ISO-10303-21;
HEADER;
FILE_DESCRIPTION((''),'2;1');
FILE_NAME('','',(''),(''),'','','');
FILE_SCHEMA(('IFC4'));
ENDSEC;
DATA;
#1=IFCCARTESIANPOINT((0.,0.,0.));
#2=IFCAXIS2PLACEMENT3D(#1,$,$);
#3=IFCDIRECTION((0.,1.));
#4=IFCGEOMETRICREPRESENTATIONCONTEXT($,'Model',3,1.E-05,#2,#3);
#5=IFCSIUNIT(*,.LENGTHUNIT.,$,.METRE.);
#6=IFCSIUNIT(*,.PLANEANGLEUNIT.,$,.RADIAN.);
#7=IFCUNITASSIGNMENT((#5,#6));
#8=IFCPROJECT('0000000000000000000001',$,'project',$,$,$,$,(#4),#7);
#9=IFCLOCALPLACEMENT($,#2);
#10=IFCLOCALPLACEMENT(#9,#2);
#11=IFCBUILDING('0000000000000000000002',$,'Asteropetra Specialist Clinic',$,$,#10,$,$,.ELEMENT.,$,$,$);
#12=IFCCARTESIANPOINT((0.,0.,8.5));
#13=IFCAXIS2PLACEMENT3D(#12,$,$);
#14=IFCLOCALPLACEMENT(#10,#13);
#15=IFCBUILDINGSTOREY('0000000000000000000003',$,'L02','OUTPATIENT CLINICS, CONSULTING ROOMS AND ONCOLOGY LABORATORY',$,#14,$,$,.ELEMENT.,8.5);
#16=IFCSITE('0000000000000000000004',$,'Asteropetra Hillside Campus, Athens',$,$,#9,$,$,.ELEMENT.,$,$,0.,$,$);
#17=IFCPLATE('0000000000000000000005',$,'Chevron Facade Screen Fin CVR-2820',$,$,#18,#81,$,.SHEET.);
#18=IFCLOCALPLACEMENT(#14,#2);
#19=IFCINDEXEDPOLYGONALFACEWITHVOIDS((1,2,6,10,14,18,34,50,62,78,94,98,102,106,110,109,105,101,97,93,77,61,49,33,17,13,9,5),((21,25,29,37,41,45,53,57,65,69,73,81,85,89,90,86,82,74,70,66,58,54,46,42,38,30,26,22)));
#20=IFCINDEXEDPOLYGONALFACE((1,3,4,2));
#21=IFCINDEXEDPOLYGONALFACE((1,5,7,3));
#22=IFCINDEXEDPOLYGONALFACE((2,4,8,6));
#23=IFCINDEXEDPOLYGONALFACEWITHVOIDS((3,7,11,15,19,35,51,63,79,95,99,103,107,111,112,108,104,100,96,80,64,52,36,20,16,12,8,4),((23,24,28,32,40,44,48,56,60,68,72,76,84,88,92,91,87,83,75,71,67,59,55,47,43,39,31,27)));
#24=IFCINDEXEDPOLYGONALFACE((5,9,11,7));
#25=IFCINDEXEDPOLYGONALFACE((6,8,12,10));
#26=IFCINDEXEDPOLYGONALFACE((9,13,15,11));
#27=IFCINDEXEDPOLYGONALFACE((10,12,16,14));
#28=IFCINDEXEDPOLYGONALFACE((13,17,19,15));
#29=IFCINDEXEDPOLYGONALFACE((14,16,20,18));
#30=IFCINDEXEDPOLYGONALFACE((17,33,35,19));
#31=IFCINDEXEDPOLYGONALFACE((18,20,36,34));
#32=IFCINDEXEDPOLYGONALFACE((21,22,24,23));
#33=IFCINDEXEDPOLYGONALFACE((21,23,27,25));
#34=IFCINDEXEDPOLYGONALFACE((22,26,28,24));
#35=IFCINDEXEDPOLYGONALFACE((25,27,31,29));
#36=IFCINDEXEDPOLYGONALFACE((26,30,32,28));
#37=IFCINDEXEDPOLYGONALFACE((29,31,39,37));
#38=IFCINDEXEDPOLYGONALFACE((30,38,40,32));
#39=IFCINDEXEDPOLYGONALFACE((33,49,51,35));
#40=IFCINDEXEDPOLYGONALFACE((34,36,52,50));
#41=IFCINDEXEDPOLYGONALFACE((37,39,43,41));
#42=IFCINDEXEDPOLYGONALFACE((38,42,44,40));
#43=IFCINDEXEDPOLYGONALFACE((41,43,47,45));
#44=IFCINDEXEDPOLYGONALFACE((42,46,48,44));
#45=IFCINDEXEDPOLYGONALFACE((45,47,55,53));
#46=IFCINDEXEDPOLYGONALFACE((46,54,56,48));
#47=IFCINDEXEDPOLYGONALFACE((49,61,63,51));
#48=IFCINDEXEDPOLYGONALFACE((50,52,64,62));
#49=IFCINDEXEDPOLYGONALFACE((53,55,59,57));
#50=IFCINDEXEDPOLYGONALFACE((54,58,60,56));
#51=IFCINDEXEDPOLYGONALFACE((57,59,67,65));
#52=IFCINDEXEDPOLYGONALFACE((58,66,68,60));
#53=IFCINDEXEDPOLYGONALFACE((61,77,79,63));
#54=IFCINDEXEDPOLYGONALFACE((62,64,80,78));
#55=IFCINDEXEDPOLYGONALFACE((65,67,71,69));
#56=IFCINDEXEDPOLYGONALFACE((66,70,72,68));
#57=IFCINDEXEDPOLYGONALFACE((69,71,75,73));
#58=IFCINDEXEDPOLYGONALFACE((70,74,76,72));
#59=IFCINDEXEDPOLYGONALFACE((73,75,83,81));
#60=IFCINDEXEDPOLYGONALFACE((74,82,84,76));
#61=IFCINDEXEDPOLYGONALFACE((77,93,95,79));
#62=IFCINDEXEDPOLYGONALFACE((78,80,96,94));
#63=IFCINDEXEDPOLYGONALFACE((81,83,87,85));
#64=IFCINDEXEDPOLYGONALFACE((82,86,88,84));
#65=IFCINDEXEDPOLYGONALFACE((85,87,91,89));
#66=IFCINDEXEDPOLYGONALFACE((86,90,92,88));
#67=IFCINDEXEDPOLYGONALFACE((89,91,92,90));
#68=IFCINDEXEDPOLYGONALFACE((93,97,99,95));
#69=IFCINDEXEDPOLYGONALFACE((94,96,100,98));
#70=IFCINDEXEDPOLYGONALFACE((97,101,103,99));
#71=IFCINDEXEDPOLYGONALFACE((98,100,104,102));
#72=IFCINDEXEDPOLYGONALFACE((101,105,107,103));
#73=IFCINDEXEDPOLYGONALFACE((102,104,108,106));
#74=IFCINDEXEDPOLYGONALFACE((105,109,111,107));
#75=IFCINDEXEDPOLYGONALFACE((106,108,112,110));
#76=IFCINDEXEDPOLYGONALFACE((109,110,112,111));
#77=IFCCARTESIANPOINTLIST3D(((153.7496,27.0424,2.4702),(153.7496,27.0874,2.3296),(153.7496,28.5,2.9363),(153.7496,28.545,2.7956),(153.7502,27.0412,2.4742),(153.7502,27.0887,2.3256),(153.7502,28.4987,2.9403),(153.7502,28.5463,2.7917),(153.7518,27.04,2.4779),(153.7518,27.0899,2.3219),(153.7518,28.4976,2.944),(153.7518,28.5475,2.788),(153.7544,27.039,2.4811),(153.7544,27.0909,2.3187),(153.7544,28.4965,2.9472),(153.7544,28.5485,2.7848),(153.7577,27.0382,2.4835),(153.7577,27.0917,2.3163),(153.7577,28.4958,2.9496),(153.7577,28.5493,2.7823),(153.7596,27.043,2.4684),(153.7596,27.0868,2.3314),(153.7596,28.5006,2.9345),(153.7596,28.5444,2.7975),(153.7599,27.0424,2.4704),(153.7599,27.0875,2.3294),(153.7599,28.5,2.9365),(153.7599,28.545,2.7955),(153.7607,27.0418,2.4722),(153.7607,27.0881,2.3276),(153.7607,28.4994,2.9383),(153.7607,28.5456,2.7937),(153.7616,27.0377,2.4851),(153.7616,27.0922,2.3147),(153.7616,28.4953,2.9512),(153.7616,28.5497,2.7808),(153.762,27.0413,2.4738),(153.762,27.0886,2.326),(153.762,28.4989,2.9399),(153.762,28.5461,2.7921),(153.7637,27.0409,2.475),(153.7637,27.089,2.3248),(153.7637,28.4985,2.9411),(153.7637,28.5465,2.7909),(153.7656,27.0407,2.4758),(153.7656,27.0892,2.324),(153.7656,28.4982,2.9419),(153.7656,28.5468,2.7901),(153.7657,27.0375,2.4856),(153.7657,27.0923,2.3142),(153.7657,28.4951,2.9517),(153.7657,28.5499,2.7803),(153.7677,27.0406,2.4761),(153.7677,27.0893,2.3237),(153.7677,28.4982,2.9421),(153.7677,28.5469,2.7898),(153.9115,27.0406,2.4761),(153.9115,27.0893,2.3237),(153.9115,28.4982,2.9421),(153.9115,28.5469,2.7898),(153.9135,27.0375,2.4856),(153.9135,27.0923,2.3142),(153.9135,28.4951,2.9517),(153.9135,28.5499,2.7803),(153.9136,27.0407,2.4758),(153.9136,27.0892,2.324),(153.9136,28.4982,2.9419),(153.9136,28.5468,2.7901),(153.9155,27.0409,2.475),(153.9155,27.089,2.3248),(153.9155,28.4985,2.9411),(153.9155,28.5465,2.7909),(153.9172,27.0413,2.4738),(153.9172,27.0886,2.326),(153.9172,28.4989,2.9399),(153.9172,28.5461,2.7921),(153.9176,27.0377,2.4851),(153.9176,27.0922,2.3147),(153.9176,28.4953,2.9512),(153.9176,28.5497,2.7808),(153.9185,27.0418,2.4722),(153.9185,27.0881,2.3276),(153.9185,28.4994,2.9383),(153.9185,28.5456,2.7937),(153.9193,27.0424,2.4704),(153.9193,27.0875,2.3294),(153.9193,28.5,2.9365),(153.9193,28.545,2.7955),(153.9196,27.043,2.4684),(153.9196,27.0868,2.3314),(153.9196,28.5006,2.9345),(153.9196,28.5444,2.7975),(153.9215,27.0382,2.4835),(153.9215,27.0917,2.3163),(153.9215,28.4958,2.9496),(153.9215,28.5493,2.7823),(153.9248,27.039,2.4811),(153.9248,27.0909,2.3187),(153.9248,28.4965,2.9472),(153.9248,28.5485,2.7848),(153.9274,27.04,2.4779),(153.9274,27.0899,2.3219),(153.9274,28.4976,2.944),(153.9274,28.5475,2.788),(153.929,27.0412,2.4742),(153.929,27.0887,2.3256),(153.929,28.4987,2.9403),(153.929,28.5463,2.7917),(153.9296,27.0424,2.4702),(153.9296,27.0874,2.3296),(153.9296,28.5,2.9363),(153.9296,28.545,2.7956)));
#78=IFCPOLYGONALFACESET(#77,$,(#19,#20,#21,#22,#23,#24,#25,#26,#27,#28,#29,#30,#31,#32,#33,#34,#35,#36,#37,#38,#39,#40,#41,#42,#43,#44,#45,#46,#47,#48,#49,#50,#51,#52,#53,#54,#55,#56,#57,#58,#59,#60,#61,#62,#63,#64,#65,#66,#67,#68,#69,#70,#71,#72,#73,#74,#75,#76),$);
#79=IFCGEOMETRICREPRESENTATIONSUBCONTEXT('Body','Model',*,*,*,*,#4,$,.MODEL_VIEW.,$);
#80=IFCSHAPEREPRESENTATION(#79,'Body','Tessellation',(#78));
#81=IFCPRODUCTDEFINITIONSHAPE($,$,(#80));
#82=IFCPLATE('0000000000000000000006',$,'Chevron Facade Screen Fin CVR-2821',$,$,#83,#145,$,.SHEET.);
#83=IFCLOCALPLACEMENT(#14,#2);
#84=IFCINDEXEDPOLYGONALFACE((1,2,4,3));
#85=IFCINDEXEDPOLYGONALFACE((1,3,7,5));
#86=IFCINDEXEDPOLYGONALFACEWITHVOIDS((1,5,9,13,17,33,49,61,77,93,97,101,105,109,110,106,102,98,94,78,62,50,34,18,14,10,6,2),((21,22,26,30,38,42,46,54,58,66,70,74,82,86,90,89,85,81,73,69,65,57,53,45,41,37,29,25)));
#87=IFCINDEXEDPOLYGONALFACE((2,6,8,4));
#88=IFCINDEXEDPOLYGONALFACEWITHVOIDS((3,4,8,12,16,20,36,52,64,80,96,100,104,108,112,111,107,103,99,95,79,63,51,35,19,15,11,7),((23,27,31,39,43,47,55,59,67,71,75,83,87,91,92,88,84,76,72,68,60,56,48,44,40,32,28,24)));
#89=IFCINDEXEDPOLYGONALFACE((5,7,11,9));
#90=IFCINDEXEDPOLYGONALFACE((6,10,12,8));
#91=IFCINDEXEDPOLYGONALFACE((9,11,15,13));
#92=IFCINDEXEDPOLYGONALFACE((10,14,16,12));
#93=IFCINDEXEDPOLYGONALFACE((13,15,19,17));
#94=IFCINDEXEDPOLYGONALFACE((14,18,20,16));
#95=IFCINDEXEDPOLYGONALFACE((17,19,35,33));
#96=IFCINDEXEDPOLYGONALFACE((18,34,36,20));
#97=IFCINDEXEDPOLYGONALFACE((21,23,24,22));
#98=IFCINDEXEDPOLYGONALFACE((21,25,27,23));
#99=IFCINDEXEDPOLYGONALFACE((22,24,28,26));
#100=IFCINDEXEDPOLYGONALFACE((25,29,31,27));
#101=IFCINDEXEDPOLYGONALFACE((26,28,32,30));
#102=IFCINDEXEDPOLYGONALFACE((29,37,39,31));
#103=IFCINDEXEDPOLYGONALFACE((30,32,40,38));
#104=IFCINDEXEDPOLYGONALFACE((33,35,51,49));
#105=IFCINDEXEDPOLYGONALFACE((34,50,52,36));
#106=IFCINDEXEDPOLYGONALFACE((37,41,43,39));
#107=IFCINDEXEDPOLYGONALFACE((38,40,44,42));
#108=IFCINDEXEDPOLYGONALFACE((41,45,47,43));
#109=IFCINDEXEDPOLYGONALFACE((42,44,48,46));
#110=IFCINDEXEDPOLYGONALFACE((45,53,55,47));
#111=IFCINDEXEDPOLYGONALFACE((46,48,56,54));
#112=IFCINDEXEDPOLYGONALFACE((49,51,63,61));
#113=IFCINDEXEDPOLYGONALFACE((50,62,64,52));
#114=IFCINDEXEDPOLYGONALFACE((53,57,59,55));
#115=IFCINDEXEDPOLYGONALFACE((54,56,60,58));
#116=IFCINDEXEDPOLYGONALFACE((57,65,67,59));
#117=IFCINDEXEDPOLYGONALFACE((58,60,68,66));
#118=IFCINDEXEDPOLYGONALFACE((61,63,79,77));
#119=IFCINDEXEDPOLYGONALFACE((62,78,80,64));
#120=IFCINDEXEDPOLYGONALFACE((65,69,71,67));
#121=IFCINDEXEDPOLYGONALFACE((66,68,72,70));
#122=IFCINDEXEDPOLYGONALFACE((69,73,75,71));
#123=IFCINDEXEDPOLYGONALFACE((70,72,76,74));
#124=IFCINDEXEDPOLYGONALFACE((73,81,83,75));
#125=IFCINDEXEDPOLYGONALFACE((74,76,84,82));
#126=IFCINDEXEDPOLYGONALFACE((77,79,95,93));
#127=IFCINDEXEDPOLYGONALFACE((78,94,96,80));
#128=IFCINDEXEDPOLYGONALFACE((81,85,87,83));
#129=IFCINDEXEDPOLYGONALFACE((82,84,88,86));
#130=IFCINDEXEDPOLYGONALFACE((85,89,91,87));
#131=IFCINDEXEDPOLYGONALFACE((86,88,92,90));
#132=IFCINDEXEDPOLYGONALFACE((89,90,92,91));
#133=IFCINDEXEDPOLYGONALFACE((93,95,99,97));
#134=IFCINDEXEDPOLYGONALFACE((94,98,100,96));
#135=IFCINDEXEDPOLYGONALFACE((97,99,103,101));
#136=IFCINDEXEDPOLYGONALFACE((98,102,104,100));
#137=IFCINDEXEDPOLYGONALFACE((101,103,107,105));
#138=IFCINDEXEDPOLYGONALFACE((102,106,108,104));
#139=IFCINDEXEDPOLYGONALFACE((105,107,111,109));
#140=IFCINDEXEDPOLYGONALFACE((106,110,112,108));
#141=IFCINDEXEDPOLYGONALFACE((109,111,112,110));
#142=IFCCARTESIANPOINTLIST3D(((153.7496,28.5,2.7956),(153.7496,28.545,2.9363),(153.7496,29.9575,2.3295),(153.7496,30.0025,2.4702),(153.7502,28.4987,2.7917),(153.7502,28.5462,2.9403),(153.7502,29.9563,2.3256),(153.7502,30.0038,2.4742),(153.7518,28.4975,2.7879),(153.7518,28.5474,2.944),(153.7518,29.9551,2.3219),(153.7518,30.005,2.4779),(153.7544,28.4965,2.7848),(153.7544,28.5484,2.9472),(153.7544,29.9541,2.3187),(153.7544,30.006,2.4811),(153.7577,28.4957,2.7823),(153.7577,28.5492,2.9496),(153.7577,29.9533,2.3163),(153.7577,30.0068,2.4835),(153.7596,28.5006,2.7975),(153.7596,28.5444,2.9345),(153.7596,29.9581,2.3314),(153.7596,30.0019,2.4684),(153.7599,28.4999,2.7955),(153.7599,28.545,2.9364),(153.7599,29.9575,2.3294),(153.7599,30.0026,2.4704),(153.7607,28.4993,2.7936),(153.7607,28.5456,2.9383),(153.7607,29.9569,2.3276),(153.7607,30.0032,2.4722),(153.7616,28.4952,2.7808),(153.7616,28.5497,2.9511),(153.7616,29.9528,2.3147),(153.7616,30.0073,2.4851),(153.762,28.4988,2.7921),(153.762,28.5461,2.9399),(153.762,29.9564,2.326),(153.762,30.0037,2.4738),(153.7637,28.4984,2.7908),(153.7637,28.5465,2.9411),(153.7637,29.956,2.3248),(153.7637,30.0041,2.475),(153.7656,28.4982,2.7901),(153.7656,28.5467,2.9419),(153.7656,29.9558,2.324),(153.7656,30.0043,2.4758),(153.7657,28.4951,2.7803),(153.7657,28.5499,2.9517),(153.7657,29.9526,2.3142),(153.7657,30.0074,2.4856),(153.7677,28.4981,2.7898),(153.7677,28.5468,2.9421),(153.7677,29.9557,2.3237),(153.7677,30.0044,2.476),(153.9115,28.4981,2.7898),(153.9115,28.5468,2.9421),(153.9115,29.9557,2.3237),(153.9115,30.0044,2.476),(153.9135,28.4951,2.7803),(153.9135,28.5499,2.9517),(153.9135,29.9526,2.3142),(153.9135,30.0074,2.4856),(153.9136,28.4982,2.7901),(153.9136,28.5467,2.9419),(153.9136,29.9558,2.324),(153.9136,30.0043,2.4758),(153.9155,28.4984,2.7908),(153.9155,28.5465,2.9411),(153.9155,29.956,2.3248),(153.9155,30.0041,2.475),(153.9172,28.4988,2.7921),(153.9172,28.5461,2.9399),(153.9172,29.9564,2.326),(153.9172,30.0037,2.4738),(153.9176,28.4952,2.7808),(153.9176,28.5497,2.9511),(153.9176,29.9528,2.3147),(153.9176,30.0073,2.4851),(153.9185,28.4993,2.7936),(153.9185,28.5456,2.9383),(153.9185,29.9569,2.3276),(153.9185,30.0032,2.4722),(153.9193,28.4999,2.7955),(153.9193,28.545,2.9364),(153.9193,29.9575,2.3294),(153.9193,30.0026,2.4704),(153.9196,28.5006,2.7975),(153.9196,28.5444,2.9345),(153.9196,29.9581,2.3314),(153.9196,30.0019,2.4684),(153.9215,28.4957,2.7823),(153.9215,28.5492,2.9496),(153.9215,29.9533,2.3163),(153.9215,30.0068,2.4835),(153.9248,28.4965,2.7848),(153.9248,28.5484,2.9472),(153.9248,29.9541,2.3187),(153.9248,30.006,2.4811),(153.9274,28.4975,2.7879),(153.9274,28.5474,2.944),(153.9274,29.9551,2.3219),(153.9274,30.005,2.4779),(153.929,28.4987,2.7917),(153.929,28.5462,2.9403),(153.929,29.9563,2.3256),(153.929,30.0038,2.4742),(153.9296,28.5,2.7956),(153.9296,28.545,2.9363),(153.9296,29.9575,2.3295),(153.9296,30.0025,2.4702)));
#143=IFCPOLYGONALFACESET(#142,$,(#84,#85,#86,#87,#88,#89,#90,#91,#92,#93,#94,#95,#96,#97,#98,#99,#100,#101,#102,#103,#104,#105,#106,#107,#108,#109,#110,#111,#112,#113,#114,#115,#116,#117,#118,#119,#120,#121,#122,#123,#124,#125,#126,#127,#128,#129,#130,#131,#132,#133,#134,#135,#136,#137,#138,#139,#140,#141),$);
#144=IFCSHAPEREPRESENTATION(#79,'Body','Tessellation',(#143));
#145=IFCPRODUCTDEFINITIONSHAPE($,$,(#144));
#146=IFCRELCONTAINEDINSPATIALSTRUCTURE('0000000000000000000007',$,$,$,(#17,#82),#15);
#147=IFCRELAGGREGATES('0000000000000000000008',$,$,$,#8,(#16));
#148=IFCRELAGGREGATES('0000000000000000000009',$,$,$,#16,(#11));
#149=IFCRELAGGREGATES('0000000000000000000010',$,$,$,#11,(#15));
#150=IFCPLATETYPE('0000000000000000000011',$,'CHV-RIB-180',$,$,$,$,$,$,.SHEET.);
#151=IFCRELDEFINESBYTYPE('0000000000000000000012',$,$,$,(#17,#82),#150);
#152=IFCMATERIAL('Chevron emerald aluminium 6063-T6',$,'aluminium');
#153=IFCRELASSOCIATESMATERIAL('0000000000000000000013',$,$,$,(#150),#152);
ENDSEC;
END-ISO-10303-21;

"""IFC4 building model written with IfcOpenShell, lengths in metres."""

from ifc_helpers import new_model, si_unit, direction, frame, origin, origin_2d, place, context, subcontext, project, spatial, hollow_rectangle, extrude, material, material_profile, profile_set, type_object, element, save


model = new_model("IFC4")

# Units and contexts
model_context = context("Model", 3, precision=1e-05, world=origin(), true_north=direction((0.0, 1.0)))
body_context = subcontext(model_context, "Body", "Model", "MODEL_VIEW")
ifc_project = project(units=[si_unit("LENGTHUNIT", "METRE"), si_unit("PLANEANGLEUNIT", "RADIAN")], contexts=[model_context])

# Site, building, storey
site_placement = place(None, origin())
site = spatial("IfcSite", under=ifc_project, at=site_placement, Name="Asteropetra Hillside Campus, Athens", CompositionType="ELEMENT", RefElevation=0.0)
building_placement = place(site_placement, origin())
building = spatial("IfcBuilding", under=site, at=building_placement, Name="Asteropetra Specialist Clinic", CompositionType="ELEMENT")
storey_placement = place(building_placement, frame((0.0, 0.0, 8.5)))
storey = spatial("IfcBuildingStorey", under=building, at=storey_placement, Name="L02", Description="OUTPATIENT CLINICS, CONSULTING ROOMS AND ONCOLOGY LABORATORY", CompositionType="ELEMENT", Elevation=8.5)

# Plates
ifc_material_1 = material(Name="Chevron emerald aluminium 6063-T6", Category="aluminium")
ifc_material_profile_1 = material_profile(ifc_material_1, hollow_rectangle(XDim=0.1799, YDim=0.1799, WallThickness=0.01, InnerFilletRadius=0.0081, OuterFilletRadius=0.0161, at=origin_2d()), Name="SHS 180x180x10.0")
ifc_profile_set_1 = profile_set([ifc_material_profile_1], Name="Chevron emerald aluminium 6063-T6")
plate_type = type_object("IfcPlateType", Name="CHV-RIB-180", PredefinedType="SHEET", material=ifc_profile_set_1)
for number, where, z_axis, x_axis, name in (
    (1, (153.8396, 27.0649, 2.3999), (0.0, 0.952489, 0.304573), (-1.0, 0.0, 0.0), "Chevron Facade Screen Fin CVR-2820"),
    (2, (153.8396, 28.5225, 2.866), (0.0, 0.952489, -0.304573), (-1.0, 0.0, 0.0), "Chevron Facade Screen Fin CVR-2821"),
):
    element("IfcPlate", number, at=place(storey_placement, frame(where, z_axis=z_axis, x_axis=x_axis)), inside=storey, type_object=plate_type, Name=name, PredefinedType="SHEET", context=body_context, shape_type="SweptSolid", body=[
        extrude(hollow_rectangle(XDim=0.1799, YDim=0.1799, WallThickness=0.01, InnerFilletRadius=0.0081, OuterFilletRadius=0.0161, at=origin_2d()), origin(), (0.0, 0.0, 1.0), 1.5303),
    ])

save(model, "model.ifc")
